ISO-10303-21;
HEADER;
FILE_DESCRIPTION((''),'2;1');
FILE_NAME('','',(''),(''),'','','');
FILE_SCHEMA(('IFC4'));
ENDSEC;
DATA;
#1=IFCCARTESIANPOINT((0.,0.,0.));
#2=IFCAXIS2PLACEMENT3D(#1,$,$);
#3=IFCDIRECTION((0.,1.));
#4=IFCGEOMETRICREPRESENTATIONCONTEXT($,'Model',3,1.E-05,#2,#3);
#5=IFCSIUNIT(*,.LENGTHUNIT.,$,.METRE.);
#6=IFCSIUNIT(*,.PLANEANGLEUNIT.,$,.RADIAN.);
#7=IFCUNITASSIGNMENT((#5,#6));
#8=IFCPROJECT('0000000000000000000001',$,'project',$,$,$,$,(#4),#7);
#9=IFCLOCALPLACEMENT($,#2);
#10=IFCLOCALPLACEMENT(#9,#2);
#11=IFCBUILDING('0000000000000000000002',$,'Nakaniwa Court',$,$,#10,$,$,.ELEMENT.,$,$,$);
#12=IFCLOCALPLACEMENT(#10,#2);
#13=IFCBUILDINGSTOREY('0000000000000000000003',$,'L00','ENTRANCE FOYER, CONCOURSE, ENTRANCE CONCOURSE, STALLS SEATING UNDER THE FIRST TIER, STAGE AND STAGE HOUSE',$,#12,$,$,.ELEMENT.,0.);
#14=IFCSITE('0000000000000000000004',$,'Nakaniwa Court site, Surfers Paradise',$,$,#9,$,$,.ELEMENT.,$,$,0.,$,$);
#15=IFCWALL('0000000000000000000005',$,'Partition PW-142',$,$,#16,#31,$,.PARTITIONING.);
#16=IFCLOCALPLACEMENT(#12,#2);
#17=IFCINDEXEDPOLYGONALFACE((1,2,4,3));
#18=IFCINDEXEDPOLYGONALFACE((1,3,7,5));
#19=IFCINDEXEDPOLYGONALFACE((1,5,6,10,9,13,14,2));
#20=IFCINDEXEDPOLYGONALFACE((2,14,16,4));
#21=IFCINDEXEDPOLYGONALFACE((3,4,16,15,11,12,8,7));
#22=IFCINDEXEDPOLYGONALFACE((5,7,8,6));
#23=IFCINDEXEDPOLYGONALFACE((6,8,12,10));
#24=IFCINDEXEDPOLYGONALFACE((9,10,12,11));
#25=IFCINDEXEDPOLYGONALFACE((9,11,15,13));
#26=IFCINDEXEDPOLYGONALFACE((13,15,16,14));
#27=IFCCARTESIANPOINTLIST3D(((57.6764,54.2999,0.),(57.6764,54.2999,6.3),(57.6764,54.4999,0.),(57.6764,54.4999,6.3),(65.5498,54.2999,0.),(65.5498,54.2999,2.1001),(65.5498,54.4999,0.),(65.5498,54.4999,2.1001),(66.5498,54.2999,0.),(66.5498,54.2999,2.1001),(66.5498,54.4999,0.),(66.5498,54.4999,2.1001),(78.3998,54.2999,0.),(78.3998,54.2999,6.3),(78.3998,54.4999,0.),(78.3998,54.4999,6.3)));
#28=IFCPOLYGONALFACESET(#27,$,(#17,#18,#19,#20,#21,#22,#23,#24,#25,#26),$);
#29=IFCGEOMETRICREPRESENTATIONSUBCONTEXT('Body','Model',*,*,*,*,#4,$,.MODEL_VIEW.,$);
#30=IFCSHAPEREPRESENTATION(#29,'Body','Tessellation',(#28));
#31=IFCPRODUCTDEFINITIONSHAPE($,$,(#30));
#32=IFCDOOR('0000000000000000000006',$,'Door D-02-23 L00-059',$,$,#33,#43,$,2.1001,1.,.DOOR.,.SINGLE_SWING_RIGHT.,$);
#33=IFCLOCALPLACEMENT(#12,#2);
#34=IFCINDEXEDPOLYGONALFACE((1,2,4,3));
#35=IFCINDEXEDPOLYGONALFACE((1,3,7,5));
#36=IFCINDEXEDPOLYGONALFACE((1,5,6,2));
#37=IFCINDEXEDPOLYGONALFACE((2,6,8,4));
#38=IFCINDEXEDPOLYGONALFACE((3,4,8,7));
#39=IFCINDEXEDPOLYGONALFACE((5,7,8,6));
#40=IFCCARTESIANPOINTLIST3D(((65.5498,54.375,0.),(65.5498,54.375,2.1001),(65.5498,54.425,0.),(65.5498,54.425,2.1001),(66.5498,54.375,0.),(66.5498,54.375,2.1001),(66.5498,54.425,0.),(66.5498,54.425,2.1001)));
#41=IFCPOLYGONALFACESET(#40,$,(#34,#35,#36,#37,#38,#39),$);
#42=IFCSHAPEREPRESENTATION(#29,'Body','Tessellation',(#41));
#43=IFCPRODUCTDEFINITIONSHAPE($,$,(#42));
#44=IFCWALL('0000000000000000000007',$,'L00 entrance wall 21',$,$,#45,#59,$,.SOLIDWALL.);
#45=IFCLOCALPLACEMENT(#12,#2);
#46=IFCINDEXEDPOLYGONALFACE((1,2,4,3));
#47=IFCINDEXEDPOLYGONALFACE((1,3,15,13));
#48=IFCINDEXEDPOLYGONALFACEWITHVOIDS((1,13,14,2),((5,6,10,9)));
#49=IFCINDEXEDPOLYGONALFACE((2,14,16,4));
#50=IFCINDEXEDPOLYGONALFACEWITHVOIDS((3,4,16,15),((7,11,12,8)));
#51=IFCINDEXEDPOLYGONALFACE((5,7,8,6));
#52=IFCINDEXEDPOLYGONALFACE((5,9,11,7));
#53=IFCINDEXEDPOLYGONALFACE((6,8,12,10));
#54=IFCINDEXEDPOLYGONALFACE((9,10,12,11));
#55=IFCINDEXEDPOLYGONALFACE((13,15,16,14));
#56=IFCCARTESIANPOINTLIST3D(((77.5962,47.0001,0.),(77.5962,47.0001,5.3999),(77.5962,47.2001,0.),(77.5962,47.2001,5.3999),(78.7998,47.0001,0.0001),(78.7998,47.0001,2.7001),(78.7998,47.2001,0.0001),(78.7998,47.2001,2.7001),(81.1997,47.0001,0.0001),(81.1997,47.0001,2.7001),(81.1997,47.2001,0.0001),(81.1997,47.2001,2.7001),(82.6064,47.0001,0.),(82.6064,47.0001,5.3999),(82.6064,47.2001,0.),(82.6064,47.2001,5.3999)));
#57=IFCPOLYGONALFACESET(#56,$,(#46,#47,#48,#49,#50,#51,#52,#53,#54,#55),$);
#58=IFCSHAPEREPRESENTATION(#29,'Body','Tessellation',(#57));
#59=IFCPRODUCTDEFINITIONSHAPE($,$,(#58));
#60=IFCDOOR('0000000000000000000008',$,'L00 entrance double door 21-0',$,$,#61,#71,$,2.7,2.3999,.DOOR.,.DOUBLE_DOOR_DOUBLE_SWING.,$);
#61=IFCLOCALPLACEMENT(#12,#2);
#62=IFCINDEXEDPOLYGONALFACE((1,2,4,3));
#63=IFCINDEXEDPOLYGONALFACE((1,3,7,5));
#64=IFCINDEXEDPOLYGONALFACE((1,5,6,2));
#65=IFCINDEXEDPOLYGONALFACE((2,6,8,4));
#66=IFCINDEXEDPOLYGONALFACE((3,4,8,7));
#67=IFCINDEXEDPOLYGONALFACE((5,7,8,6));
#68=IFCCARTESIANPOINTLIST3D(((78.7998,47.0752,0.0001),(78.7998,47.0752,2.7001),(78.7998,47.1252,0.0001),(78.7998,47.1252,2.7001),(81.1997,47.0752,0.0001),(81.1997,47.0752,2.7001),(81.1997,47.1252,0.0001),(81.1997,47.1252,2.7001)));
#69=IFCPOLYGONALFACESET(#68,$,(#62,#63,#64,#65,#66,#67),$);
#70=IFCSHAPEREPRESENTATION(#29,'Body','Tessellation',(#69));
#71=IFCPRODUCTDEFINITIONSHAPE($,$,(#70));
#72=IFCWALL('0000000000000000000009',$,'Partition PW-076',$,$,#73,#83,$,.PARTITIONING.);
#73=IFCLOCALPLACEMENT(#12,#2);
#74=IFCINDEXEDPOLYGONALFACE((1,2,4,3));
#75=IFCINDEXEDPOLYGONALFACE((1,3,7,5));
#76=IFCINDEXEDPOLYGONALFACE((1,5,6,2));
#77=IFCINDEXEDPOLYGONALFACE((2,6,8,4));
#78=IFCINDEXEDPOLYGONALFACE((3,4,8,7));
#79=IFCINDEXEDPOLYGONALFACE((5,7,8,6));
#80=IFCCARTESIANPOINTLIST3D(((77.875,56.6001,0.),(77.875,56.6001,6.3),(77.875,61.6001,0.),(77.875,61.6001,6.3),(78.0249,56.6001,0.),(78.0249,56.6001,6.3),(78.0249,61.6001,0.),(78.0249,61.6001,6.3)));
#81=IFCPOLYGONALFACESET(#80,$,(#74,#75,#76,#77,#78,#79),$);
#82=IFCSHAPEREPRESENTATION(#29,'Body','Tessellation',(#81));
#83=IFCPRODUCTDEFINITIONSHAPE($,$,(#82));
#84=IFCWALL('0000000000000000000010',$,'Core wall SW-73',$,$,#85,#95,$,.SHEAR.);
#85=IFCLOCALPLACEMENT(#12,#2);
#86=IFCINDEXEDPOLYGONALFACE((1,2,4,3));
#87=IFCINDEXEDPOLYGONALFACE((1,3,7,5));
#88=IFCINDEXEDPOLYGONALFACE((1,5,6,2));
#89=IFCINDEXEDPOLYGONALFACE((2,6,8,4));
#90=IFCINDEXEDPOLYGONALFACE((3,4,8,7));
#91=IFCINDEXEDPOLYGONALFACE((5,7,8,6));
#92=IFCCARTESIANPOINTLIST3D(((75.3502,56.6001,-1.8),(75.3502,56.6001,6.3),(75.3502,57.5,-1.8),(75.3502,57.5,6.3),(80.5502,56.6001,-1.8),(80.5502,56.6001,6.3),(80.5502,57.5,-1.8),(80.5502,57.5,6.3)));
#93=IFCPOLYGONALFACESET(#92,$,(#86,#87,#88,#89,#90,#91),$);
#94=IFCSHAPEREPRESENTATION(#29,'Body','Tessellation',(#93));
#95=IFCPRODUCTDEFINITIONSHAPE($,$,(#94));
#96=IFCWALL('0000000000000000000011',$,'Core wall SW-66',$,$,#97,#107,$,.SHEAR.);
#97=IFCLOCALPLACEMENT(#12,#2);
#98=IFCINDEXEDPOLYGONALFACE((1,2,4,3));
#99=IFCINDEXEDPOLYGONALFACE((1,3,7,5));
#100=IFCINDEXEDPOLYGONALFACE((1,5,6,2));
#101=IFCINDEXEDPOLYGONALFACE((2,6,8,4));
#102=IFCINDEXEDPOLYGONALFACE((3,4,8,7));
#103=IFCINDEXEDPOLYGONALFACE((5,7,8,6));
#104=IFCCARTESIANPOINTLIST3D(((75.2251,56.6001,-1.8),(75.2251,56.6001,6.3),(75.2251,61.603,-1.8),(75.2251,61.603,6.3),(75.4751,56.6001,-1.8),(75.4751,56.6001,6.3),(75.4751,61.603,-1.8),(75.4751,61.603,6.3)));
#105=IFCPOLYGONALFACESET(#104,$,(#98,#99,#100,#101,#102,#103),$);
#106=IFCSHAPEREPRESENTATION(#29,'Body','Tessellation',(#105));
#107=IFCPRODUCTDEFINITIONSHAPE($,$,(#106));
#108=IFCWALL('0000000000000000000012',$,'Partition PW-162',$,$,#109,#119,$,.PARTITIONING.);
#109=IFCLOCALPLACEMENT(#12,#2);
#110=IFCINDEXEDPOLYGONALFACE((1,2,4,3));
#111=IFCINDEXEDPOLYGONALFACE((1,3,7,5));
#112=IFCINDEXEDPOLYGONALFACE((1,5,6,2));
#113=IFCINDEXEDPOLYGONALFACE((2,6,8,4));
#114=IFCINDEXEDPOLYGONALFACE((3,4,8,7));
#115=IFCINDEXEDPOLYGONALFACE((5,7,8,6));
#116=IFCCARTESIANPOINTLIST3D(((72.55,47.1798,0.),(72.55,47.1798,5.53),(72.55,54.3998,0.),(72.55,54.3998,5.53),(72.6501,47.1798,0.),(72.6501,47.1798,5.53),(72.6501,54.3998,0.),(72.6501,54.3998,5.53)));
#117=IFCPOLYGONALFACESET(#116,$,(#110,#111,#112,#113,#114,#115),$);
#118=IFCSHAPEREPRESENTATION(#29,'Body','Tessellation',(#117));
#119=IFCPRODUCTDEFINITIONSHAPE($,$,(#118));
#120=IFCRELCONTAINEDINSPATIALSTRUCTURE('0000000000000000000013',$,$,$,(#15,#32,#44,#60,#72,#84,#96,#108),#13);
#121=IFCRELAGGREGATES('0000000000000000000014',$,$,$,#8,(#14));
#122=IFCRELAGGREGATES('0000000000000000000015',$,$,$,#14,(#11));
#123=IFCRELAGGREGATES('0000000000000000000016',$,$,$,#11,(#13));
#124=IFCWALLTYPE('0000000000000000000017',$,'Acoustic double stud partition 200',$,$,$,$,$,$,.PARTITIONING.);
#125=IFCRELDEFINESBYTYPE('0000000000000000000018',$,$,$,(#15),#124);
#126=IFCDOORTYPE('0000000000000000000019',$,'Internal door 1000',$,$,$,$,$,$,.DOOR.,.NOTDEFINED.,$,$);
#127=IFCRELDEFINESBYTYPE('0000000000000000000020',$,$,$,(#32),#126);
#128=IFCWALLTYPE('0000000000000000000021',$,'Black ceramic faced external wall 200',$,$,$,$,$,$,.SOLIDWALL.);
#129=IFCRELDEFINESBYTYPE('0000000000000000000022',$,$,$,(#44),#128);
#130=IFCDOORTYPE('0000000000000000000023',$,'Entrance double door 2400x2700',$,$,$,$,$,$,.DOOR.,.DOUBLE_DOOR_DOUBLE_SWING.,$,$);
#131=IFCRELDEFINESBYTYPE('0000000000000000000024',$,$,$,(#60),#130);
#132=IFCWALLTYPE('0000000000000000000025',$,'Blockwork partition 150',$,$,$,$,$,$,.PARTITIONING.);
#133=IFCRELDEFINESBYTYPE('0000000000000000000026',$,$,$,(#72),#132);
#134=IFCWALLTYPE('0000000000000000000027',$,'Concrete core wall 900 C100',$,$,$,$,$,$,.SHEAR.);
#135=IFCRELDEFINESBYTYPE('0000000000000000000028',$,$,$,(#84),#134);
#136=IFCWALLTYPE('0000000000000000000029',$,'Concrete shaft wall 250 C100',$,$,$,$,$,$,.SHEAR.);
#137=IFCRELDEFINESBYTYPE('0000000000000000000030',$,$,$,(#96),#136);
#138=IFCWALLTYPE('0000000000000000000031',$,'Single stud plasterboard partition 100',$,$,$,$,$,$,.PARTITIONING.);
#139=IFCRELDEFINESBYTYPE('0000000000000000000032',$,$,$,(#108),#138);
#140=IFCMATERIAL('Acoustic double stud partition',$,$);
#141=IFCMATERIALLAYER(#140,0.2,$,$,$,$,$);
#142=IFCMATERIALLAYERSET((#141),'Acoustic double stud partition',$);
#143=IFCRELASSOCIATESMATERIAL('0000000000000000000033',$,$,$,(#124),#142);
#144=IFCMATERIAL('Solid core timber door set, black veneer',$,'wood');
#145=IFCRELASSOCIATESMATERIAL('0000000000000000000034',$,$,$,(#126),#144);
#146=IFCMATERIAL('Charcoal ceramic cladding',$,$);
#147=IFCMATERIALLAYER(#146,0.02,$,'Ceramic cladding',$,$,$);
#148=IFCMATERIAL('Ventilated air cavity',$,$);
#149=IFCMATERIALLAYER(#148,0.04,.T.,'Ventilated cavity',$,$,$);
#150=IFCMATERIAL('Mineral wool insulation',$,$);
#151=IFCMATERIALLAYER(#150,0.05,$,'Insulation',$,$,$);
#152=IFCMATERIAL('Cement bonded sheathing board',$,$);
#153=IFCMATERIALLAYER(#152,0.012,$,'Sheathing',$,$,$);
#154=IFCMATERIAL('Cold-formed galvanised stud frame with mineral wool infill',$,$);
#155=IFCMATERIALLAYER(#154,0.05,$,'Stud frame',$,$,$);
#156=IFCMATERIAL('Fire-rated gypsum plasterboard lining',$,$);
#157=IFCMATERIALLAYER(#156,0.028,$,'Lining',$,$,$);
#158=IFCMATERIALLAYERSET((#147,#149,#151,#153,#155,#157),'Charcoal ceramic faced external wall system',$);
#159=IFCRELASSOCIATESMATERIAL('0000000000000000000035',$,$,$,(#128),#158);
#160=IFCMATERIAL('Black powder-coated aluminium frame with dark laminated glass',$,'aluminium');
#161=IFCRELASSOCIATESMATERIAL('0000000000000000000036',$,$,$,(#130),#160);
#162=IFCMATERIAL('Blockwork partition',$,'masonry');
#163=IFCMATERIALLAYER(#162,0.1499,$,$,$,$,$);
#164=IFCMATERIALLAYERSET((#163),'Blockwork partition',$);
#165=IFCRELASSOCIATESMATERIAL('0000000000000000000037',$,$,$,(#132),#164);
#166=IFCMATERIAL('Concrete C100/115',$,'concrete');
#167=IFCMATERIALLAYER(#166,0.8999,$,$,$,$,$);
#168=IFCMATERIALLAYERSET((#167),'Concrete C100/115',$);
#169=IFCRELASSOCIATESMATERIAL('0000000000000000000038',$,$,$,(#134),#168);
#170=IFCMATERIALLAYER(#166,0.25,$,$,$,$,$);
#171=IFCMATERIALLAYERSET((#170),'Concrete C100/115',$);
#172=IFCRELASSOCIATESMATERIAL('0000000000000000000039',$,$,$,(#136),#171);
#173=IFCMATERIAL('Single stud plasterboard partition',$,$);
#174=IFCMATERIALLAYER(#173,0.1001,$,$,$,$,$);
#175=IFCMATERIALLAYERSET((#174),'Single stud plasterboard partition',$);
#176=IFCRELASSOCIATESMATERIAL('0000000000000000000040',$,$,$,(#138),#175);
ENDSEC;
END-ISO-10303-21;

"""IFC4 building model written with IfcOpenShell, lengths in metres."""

from ifc_helpers import new_model, si_unit, direction, frame, frame_2d, origin, place, context, subcontext, project, spatial, rectangle, extrude, material, layer, layer_set, type_object, element, fill, save


model = new_model("IFC4")

# Units and contexts
model_context = context("Model", 3, precision=1e-05, world=origin(), true_north=direction((0.0, 1.0)))
body_context = subcontext(model_context, "Body", "Model", "MODEL_VIEW")
ifc_project = project(units=[si_unit("LENGTHUNIT", "METRE"), si_unit("PLANEANGLEUNIT", "RADIAN")], contexts=[model_context])

# Site, building, storey
site_placement = place(None, origin())
site = spatial("IfcSite", under=ifc_project, at=site_placement, Name="Nakaniwa Court site, Surfers Paradise", CompositionType="ELEMENT", RefElevation=0.0)
building_placement = place(site_placement, origin())
building = spatial("IfcBuilding", under=site, at=building_placement, Name="Nakaniwa Court", CompositionType="ELEMENT")
storey_placement = place(building_placement, origin())
storey = spatial("IfcBuildingStorey", under=building, at=storey_placement, Name="L00", Description="ENTRANCE FOYER, CONCOURSE, ENTRANCE CONCOURSE, STALLS SEATING UNDER THE FIRST TIER, STAGE AND STAGE HOUSE", CompositionType="ELEMENT", Elevation=0.0)

# Shared definitions
ifc_material_1 = material(Name="Concrete C100/115", Category="concrete")

# Walls, openings, doors
ifc_material_2 = material(Name="Acoustic double stud partition")
ifc_layer_1 = layer(ifc_material_2, 0.2)
ifc_layer_set_1 = layer_set([ifc_layer_1], Name="Acoustic double stud partition")
wall_type_1 = type_object("IfcWallType", Name="Acoustic double stud partition 200", PredefinedType="PARTITIONING", material=ifc_layer_set_1)
ifc_material_3 = material(Name="Solid core timber door set, black veneer", Category="wood")
door_type_1 = type_object("IfcDoorType", Name="Internal door 1000", OperationType="NOTDEFINED", PredefinedType="DOOR", material=ifc_material_3)
wall_1_placement = place(storey_placement, frame((78.3999, 54.3999, 0.0), z_axis=(0.0, 0.0, 1.0), x_axis=(-1.0, 0.0, 0.0)))
wall_1 = element("IfcWall", 1, at=wall_1_placement, inside=storey, type_object=wall_type_1, Name="Partition PW-142", PredefinedType="PARTITIONING", context=body_context, shape_type="SweptSolid", body=[
    extrude(rectangle(XDim=20.7234, YDim=0.2, at=frame_2d((10.3618, 0.0))), origin(), (0.0, 0.0, 1.0), 6.3),
])
opening_1_placement = place(wall_1_placement, frame((11.8501, 0.0, 0.0)))
opening_1 = element("IfcOpeningElement", 2, at=opening_1_placement, cuts=wall_1, PredefinedType="OPENING", context=body_context, shape_type="SweptSolid", body=[
    extrude(rectangle(XDim=1.0, YDim=2.1001, at=frame_2d((0.5, 1.05))), frame((0.0, 0.1099, 0.0), z_axis=(0.0, -1.0, 0.0), x_axis=(1.0, 0.0, 0.0)), (0.0, 0.0, 1.0), 0.22),
])
door_1_placement = place(opening_1_placement, origin())
door_1 = element("IfcDoor", 3, at=door_1_placement, inside=storey, type_object=door_type_1, Name="Door D-02-23 L00-059", OperationType="SINGLE_SWING_RIGHT", OverallHeight=2.1001, OverallWidth=1.0, PredefinedType="DOOR", context=body_context, shape_type="SweptSolid", body=[
    extrude(rectangle(XDim=1.0, YDim=2.1001, at=frame_2d((0.5, 1.05))), frame((0.0, 0.0249, 0.0), z_axis=(0.0, -1.0, 0.0), x_axis=(1.0, 0.0, 0.0)), (0.0, 0.0, 1.0), 0.05),
])
fill(opening_1, door_1)
ifc_material_4 = material(Name="Charcoal ceramic cladding")
ifc_layer_2 = layer(ifc_material_4, 0.02, Name="Ceramic cladding")
ifc_material_5 = material(Name="Ventilated air cavity")
ifc_layer_3 = layer(ifc_material_5, 0.04, ventilated=True, Name="Ventilated cavity")
ifc_material_6 = material(Name="Mineral wool insulation")
ifc_layer_4 = layer(ifc_material_6, 0.05, Name="Insulation")
ifc_material_7 = material(Name="Cement bonded sheathing board")
ifc_layer_5 = layer(ifc_material_7, 0.012, Name="Sheathing")
ifc_material_8 = material(Name="Cold-formed galvanised stud frame with mineral wool infill")
ifc_layer_6 = layer(ifc_material_8, 0.05, Name="Stud frame")
ifc_material_9 = material(Name="Fire-rated gypsum plasterboard lining")
ifc_layer_7 = layer(ifc_material_9, 0.028, Name="Lining")
ifc_layer_set_2 = layer_set([ifc_layer_2, ifc_layer_3, ifc_layer_4, ifc_layer_5, ifc_layer_6, ifc_layer_7], Name="Charcoal ceramic faced external wall system")
wall_type_2 = type_object("IfcWallType", Name="Black ceramic faced external wall 200", PredefinedType="SOLIDWALL", material=ifc_layer_set_2)
wall_2_placement = place(storey_placement, frame((77.5962, 47.1001, 0.0), z_axis=(0.0, 0.0, 1.0), x_axis=(1.0, 0.0, 0.0)))
wall_2 = element("IfcWall", 4, at=wall_2_placement, inside=storey, type_object=wall_type_2, Name="L00 entrance wall 21", PredefinedType="SOLIDWALL", context=body_context, shape_type="SweptSolid", body=[
    extrude(rectangle(XDim=5.0103, YDim=0.2, at=frame_2d((2.5051, 0.0))), origin(), (0.0, 0.0, 1.0), 5.3999),
])
opening_2_placement = place(wall_2_placement, frame((1.2036, 0.0, 0.0)))
opening_2 = element("IfcOpeningElement", 5, at=opening_2_placement, cuts=wall_2, PredefinedType="OPENING", context=body_context, shape_type="SweptSolid", body=[
    extrude(rectangle(XDim=2.3999, YDim=2.7, at=frame_2d((1.2, 1.3501))), frame((0.0, 0.1099, 0.0), z_axis=(0.0, -1.0, 0.0), x_axis=(1.0, 0.0, 0.0)), (0.0, 0.0, 1.0), 0.22),
])
ifc_material_10 = material(Name="Black powder-coated aluminium frame with dark laminated glass", Category="aluminium")
door_type_2 = type_object("IfcDoorType", Name="Entrance double door 2400x2700", OperationType="DOUBLE_DOOR_DOUBLE_SWING", PredefinedType="DOOR", material=ifc_material_10)
door_2_placement = place(opening_2_placement, frame((2.3999, 0.0, 0.0), z_axis=(0.0, 0.0, 1.0), x_axis=(-1.0, 0.0, 0.0)))
door_2 = element("IfcDoor", 6, at=door_2_placement, inside=storey, type_object=door_type_2, Name="L00 entrance double door 21-0", OperationType="DOUBLE_DOOR_DOUBLE_SWING", OverallHeight=2.7, OverallWidth=2.3999, PredefinedType="DOOR", context=body_context, shape_type="SweptSolid", body=[
    extrude(rectangle(XDim=2.3999, YDim=2.7, at=frame_2d((1.2, 1.3501))), frame((0.0, 0.0249, 0.0), z_axis=(0.0, -1.0, 0.0), x_axis=(1.0, 0.0, 0.0)), (0.0, 0.0, 1.0), 0.05),
])
fill(opening_2, door_2)

# Walls
ifc_material_11 = material(Name="Blockwork partition", Category="masonry")
ifc_layer_8 = layer(ifc_material_11, 0.1499)
ifc_layer_set_3 = layer_set([ifc_layer_8], Name="Blockwork partition")
wall_type_3 = type_object("IfcWallType", Name="Blockwork partition 150", PredefinedType="PARTITIONING", material=ifc_layer_set_3)
wall_3_placement = place(storey_placement, frame((77.95, 56.6001, 0.0), z_axis=(0.0, 0.0, 1.0), x_axis=(0.0, 1.0, 0.0)))
element("IfcWall", 7, at=wall_3_placement, inside=storey, type_object=wall_type_3, Name="Partition PW-076", PredefinedType="PARTITIONING", context=body_context, shape_type="SweptSolid", body=[
    extrude(rectangle(XDim=5.0, YDim=0.1499, at=frame_2d((2.5, 0.0))), origin(), (0.0, 0.0, 1.0), 6.3),
])
ifc_layer_9 = layer(ifc_material_1, 0.8999)
ifc_layer_set_4 = layer_set([ifc_layer_9], Name="Concrete C100/115")
wall_type_4 = type_object("IfcWallType", Name="Concrete core wall 900 C100", PredefinedType="SHEAR", material=ifc_layer_set_4)
wall_4_placement = place(storey_placement, frame((75.3501, 57.05, -1.8), z_axis=(0.0, 0.0, 1.0), x_axis=(1.0, 0.0, 0.0)))
element("IfcWall", 8, at=wall_4_placement, inside=storey, type_object=wall_type_4, Name="Core wall SW-73", PredefinedType="SHEAR", context=body_context, shape_type="SweptSolid", body=[
    extrude(rectangle(XDim=5.2, YDim=0.8999, at=frame_2d((2.6001, 0.0))), origin(), (0.0, 0.0, 1.0), 8.1001),
])
ifc_layer_10 = layer(ifc_material_1, 0.25)
ifc_layer_set_5 = layer_set([ifc_layer_10], Name="Concrete C100/115")
wall_type_5 = type_object("IfcWallType", Name="Concrete shaft wall 250 C100", PredefinedType="SHEAR", material=ifc_layer_set_5)
wall_5_placement = place(storey_placement, frame((75.3501, 56.6001, -1.8), z_axis=(0.0, 0.0, 1.0), x_axis=(0.0, 1.0, 0.0)))
element("IfcWall", 9, at=wall_5_placement, inside=storey, type_object=wall_type_5, Name="Core wall SW-66", PredefinedType="SHEAR", context=body_context, shape_type="SweptSolid", body=[
    extrude(rectangle(XDim=5.0029, YDim=0.25, at=frame_2d((2.5015, 0.0))), origin(), (0.0, 0.0, 1.0), 8.1001),
])
ifc_material_12 = material(Name="Single stud plasterboard partition")
ifc_layer_11 = layer(ifc_material_12, 0.1001)
ifc_layer_set_6 = layer_set([ifc_layer_11], Name="Single stud plasterboard partition")
wall_type_6 = type_object("IfcWallType", Name="Single stud plasterboard partition 100", PredefinedType="PARTITIONING", material=ifc_layer_set_6)
wall_6_placement = place(storey_placement, frame((72.6001, 47.1799, 0.0), z_axis=(0.0, 0.0, 1.0), x_axis=(0.0, 1.0, 0.0)))
element("IfcWall", 10, at=wall_6_placement, inside=storey, type_object=wall_type_6, Name="Partition PW-162", PredefinedType="PARTITIONING", context=body_context, shape_type="SweptSolid", body=[
    extrude(rectangle(XDim=7.22, YDim=0.1001, at=frame_2d((3.6099, 0.0))), origin(), (0.0, 0.0, 1.0), 5.53),
])

save(model, "model.ifc")
